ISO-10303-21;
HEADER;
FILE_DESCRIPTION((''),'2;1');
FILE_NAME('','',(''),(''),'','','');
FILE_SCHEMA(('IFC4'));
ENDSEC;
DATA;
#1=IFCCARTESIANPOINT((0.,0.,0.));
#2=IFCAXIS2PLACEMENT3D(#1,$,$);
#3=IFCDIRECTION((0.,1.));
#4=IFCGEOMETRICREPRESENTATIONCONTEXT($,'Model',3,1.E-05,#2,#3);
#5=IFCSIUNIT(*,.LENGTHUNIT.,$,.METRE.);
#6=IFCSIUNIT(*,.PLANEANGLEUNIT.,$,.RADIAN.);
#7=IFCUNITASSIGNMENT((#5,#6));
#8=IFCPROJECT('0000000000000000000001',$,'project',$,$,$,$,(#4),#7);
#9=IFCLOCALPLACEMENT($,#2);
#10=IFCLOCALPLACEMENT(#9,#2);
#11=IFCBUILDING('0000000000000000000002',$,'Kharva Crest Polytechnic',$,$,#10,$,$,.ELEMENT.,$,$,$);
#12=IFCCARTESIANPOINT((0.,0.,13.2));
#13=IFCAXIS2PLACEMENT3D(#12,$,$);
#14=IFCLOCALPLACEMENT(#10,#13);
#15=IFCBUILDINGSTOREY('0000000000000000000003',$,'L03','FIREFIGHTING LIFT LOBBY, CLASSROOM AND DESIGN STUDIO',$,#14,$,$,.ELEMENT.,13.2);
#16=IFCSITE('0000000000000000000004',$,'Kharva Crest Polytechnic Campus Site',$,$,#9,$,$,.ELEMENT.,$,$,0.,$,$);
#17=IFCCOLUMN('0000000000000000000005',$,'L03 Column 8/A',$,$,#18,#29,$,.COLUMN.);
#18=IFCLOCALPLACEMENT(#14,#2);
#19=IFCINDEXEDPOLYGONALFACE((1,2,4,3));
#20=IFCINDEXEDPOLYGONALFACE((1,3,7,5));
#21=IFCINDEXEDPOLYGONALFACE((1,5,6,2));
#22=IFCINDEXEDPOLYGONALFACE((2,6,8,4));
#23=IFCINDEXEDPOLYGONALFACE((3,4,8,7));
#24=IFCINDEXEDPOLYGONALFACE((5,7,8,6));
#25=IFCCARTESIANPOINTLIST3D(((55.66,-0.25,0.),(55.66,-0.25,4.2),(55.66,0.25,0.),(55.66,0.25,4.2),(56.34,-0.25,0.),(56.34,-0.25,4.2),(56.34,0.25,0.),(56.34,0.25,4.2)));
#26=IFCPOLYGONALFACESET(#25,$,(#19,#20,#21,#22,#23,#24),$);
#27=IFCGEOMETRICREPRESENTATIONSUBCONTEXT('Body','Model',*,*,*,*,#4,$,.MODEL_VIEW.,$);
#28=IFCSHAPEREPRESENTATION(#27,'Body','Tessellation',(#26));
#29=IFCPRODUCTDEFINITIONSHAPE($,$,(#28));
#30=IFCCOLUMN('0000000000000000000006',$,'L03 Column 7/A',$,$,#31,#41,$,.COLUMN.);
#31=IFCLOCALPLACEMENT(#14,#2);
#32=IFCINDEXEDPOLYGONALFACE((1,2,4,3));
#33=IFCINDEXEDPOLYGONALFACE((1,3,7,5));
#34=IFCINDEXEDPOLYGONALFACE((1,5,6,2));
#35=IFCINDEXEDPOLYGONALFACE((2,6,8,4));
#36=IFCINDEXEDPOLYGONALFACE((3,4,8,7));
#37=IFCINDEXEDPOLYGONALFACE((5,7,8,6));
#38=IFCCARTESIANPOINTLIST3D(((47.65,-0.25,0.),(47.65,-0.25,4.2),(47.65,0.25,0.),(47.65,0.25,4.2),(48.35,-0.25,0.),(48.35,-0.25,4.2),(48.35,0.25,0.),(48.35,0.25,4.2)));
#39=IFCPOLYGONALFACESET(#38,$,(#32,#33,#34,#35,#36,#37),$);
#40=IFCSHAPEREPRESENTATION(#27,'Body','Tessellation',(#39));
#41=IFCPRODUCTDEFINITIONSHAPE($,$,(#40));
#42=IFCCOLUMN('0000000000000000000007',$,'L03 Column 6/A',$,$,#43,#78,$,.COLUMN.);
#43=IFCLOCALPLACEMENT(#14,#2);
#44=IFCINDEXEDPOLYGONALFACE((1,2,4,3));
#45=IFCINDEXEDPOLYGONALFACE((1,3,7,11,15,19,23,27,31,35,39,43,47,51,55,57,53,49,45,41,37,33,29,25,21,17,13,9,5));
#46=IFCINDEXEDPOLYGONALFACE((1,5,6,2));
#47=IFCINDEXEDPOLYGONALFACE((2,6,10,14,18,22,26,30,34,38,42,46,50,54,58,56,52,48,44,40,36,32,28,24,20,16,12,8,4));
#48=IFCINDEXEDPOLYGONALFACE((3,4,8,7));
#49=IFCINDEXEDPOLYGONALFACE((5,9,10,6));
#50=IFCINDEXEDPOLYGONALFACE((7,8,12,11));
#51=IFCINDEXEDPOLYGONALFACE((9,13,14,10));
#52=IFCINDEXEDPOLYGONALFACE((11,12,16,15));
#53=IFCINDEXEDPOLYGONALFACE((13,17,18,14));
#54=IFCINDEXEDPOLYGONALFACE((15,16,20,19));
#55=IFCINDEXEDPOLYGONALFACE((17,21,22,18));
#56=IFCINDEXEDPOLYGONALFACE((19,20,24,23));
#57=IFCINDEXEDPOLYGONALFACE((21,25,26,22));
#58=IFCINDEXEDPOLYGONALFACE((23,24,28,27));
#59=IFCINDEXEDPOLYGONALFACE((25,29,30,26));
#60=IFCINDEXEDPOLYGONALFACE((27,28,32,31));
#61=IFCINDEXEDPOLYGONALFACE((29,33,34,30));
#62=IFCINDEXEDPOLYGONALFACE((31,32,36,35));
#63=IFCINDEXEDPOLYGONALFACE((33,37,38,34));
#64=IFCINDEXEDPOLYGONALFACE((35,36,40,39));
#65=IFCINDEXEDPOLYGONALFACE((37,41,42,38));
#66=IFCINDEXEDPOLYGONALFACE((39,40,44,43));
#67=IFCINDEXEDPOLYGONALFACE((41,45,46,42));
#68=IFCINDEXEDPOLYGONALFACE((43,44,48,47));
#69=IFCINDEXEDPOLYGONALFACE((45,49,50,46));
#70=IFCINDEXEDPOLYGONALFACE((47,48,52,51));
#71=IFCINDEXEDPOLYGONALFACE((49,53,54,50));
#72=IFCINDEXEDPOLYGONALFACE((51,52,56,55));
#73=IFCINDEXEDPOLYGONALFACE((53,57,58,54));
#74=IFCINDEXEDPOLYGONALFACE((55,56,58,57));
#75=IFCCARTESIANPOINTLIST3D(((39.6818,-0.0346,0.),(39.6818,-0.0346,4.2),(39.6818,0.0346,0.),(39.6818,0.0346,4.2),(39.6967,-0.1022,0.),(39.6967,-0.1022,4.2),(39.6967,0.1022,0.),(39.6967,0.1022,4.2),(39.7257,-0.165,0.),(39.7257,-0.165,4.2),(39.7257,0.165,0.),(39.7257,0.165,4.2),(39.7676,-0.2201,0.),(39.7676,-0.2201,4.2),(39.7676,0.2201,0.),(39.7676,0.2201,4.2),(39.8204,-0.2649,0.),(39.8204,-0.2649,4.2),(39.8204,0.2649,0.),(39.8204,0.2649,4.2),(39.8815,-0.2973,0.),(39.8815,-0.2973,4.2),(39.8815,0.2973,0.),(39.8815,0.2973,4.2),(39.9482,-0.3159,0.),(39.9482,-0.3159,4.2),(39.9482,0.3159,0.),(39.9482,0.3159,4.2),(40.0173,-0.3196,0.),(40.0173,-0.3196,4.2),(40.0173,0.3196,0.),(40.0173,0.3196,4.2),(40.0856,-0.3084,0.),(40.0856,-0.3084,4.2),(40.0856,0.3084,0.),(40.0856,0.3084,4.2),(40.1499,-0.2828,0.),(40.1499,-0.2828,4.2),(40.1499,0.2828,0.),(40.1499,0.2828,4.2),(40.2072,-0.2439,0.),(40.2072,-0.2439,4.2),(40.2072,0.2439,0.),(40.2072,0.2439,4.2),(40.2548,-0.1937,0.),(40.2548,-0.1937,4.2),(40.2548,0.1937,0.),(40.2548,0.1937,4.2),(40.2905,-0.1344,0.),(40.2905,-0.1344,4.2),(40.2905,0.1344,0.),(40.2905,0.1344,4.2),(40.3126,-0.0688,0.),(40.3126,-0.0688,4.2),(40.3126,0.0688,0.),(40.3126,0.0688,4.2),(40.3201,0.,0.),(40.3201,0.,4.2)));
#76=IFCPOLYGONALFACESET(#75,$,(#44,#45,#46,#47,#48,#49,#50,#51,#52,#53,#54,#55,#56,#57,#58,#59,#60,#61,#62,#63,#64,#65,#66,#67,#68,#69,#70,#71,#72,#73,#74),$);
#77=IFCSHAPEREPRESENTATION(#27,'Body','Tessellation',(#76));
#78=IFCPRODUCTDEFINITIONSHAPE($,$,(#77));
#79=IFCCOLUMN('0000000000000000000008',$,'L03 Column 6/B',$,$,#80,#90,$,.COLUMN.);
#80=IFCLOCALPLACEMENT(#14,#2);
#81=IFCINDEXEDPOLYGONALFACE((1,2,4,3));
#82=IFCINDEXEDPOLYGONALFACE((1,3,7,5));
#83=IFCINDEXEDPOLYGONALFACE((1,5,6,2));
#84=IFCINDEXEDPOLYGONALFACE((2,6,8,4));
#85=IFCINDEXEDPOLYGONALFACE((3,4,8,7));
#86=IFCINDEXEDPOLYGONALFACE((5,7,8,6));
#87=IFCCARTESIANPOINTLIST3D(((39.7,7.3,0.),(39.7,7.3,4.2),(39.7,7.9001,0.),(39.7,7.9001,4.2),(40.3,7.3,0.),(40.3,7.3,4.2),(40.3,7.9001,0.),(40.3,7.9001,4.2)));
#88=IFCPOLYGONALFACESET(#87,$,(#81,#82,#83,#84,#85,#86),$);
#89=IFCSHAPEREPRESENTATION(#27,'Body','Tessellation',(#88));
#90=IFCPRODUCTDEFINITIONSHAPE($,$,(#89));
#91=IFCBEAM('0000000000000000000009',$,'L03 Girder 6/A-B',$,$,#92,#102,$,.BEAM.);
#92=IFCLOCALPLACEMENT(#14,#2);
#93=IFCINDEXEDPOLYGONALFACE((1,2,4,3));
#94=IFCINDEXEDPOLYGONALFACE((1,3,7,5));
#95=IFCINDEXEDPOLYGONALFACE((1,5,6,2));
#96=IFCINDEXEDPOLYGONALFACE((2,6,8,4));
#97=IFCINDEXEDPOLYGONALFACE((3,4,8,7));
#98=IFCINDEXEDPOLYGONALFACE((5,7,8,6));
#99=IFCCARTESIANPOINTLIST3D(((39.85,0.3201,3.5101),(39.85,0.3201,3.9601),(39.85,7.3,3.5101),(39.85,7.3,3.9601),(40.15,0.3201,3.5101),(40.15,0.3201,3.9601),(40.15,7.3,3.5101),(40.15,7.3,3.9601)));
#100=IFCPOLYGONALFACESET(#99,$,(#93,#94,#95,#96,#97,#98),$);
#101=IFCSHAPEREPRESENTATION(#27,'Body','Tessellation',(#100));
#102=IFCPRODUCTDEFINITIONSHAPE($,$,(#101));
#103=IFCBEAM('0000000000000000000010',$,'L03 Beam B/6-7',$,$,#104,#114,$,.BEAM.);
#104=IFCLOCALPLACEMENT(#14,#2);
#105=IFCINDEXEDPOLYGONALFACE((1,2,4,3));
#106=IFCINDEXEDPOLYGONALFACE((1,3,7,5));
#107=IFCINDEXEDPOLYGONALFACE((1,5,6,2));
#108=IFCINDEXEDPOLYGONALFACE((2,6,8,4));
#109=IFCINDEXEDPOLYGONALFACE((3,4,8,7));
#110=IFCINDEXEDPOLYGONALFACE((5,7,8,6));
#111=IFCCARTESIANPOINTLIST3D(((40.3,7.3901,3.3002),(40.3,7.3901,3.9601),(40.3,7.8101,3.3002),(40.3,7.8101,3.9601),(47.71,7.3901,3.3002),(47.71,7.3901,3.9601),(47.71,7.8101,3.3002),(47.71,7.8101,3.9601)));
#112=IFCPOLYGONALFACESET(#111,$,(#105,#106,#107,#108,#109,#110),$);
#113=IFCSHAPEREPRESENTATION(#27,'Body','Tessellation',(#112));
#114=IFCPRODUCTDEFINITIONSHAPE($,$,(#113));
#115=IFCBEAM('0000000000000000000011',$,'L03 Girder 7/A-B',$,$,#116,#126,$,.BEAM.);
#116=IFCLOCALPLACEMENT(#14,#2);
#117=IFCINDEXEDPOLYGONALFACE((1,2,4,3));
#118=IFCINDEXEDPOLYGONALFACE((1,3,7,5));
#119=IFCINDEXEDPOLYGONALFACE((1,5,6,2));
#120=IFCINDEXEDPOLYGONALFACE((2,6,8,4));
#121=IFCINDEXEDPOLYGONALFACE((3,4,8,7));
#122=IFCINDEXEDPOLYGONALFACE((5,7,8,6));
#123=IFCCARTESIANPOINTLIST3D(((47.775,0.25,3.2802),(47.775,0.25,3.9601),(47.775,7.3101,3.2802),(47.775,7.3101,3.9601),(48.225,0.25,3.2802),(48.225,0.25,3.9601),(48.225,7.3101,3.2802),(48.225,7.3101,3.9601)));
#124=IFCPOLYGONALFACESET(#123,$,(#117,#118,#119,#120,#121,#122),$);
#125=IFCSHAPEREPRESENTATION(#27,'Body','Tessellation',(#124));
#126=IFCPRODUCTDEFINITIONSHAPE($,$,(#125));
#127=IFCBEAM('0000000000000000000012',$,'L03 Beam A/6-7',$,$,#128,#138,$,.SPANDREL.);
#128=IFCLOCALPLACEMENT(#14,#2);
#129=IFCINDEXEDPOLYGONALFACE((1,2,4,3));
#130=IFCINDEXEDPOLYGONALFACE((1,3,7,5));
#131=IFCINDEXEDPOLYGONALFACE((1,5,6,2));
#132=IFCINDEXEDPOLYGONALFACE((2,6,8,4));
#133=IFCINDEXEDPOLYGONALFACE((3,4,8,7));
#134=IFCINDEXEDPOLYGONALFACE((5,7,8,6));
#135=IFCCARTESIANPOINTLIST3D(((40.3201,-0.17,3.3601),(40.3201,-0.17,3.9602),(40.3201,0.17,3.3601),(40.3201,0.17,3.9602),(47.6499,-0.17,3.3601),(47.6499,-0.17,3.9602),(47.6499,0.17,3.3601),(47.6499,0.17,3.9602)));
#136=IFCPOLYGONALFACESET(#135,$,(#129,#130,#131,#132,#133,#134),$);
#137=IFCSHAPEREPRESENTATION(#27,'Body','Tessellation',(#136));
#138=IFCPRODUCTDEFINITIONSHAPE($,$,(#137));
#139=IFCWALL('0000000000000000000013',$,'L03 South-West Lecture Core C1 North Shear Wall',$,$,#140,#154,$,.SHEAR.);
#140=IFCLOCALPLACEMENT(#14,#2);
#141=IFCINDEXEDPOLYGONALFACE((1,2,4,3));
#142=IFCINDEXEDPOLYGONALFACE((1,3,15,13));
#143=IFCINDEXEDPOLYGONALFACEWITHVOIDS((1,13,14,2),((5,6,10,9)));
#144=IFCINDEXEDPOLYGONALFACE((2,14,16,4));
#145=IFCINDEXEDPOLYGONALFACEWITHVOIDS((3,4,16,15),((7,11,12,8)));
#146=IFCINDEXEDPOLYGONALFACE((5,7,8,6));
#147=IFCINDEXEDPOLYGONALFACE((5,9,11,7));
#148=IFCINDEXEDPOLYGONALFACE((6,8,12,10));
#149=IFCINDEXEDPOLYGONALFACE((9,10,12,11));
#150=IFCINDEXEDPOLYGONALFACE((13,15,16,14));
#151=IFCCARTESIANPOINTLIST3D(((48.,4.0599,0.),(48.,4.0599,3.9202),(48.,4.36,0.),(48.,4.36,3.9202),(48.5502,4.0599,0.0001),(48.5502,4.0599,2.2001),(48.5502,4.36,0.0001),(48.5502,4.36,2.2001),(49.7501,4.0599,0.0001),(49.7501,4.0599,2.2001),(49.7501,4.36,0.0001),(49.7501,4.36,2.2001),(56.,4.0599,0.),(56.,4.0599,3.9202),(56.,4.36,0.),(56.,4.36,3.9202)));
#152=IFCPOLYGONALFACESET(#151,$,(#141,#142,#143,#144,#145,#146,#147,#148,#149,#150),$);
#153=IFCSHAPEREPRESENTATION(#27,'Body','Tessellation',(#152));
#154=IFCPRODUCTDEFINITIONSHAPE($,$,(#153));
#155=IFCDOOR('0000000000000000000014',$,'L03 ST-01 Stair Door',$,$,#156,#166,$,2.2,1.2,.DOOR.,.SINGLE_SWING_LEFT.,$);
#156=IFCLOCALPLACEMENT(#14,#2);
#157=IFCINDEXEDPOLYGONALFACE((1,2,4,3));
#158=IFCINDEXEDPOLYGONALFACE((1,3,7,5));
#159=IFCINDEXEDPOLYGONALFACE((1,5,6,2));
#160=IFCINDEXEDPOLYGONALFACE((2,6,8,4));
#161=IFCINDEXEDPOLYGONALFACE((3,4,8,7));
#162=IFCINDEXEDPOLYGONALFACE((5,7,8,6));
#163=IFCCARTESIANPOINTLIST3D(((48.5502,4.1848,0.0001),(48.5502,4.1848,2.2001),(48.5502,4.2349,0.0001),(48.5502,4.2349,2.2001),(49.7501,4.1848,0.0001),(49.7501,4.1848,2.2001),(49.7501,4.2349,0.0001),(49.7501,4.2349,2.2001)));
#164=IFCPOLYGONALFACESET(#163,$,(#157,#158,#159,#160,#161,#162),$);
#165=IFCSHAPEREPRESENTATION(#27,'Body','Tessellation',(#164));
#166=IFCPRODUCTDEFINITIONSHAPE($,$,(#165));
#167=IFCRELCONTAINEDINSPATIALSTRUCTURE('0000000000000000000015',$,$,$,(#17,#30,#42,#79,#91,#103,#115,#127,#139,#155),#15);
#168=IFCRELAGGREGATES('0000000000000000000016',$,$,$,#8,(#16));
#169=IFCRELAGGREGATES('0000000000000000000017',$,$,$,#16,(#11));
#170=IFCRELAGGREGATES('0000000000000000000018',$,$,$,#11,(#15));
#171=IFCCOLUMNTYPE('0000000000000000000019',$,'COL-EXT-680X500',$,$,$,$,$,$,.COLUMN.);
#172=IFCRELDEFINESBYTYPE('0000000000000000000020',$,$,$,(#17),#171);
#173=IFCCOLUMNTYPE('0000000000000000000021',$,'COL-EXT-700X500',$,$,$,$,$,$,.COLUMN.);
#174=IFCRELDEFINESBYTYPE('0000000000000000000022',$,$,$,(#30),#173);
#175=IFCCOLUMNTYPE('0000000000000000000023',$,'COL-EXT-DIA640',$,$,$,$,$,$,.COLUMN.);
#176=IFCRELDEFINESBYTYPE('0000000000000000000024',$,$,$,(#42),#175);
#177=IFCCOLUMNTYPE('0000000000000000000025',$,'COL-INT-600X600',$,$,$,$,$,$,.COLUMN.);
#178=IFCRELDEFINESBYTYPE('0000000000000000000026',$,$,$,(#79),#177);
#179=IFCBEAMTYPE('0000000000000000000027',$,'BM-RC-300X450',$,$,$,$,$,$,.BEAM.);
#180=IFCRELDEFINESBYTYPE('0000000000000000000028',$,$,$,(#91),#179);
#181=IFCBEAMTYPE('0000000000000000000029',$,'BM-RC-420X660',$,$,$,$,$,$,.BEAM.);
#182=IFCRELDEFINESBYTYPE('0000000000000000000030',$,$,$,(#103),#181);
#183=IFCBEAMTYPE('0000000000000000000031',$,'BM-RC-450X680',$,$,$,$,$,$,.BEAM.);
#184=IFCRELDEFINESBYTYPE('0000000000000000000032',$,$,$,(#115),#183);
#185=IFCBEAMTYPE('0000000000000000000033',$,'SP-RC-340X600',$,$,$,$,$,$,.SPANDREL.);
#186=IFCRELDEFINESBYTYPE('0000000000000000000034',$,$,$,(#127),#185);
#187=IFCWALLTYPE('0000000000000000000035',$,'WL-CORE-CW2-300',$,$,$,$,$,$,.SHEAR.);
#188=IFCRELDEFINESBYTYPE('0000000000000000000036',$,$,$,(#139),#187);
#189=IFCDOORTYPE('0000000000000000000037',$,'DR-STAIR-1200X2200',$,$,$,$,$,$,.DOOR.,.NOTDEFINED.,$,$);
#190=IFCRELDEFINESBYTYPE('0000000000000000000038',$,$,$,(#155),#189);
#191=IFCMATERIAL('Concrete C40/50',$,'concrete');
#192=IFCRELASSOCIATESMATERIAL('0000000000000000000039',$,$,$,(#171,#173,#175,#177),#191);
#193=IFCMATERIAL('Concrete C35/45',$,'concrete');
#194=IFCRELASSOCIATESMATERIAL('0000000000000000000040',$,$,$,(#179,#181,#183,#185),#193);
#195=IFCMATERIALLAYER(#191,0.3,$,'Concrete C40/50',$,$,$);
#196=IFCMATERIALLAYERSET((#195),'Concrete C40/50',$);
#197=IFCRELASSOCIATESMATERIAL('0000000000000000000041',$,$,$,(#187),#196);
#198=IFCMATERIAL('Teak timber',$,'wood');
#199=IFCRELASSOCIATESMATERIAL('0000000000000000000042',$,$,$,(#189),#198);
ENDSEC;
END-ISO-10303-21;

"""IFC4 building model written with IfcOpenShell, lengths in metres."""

from ifc_helpers import new_model, si_unit, direction, frame, frame_2d, origin, origin_2d, place, context, subcontext, project, spatial, rectangle, circle, extrude, material, layer, layer_set, material_profile, profile_set, type_object, element, fill, save


model = new_model("IFC4")

# Units and contexts
model_context = context("Model", 3, precision=1e-05, world=origin(), true_north=direction((0.0, 1.0)))
body_context = subcontext(model_context, "Body", "Model", "MODEL_VIEW")
ifc_project = project(units=[si_unit("LENGTHUNIT", "METRE"), si_unit("PLANEANGLEUNIT", "RADIAN")], contexts=[model_context])

# Site, building, storey
site_placement = place(None, origin())
site = spatial("IfcSite", under=ifc_project, at=site_placement, Name="Kharva Crest Polytechnic Campus Site", CompositionType="ELEMENT", RefElevation=0.0)
building_placement = place(site_placement, origin())
building = spatial("IfcBuilding", under=site, at=building_placement, Name="Kharva Crest Polytechnic", CompositionType="ELEMENT")
storey_placement = place(building_placement, frame((0.0, 0.0, 13.2)))
storey = spatial("IfcBuildingStorey", under=building, at=storey_placement, Name="L03", Description="FIREFIGHTING LIFT LOBBY, CLASSROOM AND DESIGN STUDIO", CompositionType="ELEMENT", Elevation=13.2)

# Columns
ifc_material_1 = material(Name="Concrete C40/50", Category="concrete")
ifc_material_profile_1 = material_profile(ifc_material_1, rectangle(XDim=0.6799, YDim=0.5, at=origin_2d()), Name="RECT 680 X 500")
ifc_profile_set_1 = profile_set([ifc_material_profile_1], Name="Concrete C40/50")
column_type_1 = type_object("IfcColumnType", Name="COL-EXT-680X500", PredefinedType="COLUMN", material=ifc_profile_set_1)
column_1_placement = place(storey_placement, frame((56.0, 0.0, 0.0), z_axis=(0.0, 0.0, 1.0), x_axis=(1.0, 0.0, 0.0)))
element("IfcColumn", 1, at=column_1_placement, inside=storey, type_object=column_type_1, Name="L03 Column 8/A", PredefinedType="COLUMN", context=body_context, shape_type="SweptSolid", body=[
    extrude(rectangle(XDim=0.6799, YDim=0.5, at=origin_2d()), origin(), (0.0, 0.0, 1.0), 4.2),
])
ifc_material_profile_2 = material_profile(ifc_material_1, rectangle(XDim=0.7, YDim=0.5, at=origin_2d()), Name="RECT 700 X 500")
ifc_profile_set_2 = profile_set([ifc_material_profile_2], Name="Concrete C40/50")
column_type_2 = type_object("IfcColumnType", Name="COL-EXT-700X500", PredefinedType="COLUMN", material=ifc_profile_set_2)
column_2_placement = place(storey_placement, frame((48.0, 0.0, 0.0), z_axis=(0.0, 0.0, 1.0), x_axis=(1.0, 0.0, 0.0)))
element("IfcColumn", 2, at=column_2_placement, inside=storey, type_object=column_type_2, Name="L03 Column 7/A", PredefinedType="COLUMN", context=body_context, shape_type="SweptSolid", body=[
    extrude(rectangle(XDim=0.7, YDim=0.5, at=origin_2d()), origin(), (0.0, 0.0, 1.0), 4.2),
])
ifc_material_profile_3 = material_profile(ifc_material_1, circle(Radius=0.3201, at=origin_2d()), Name="DIA 640")
ifc_profile_set_3 = profile_set([ifc_material_profile_3], Name="Concrete C40/50")
column_type_3 = type_object("IfcColumnType", Name="COL-EXT-DIA640", PredefinedType="COLUMN", material=ifc_profile_set_3)
column_3_placement = place(storey_placement, frame((40.0, 0.0, 0.0), z_axis=(0.0, 0.0, 1.0), x_axis=(1.0, 0.0, 0.0)))
element("IfcColumn", 3, at=column_3_placement, inside=storey, type_object=column_type_3, Name="L03 Column 6/A", PredefinedType="COLUMN", context=body_context, shape_type="SweptSolid", body=[
    extrude(circle(Radius=0.3201, at=origin_2d()), origin(), (0.0, 0.0, 1.0), 4.2),
])
ifc_material_profile_4 = material_profile(ifc_material_1, rectangle(XDim=0.6001, YDim=0.6001, at=origin_2d()), Name="RECT 600 X 600")
ifc_profile_set_4 = profile_set([ifc_material_profile_4], Name="Concrete C40/50")
column_type_4 = type_object("IfcColumnType", Name="COL-INT-600X600", PredefinedType="COLUMN", material=ifc_profile_set_4)
column_4_placement = place(storey_placement, frame((40.0, 7.6001, 0.0), z_axis=(0.0, 0.0, 1.0), x_axis=(1.0, 0.0, 0.0)))
element("IfcColumn", 4, at=column_4_placement, inside=storey, type_object=column_type_4, Name="L03 Column 6/B", PredefinedType="COLUMN", context=body_context, shape_type="SweptSolid", body=[
    extrude(rectangle(XDim=0.6001, YDim=0.6001, at=origin_2d()), origin(), (0.0, 0.0, 1.0), 4.2),
])

# Beams
ifc_material_2 = material(Name="Concrete C35/45", Category="concrete")
ifc_material_profile_5 = material_profile(ifc_material_2, rectangle(XDim=0.3, YDim=0.45, at=origin_2d()), Name="RECT 300 X 450")
ifc_profile_set_5 = profile_set([ifc_material_profile_5], Name="Concrete C35/45")
beam_type_1 = type_object("IfcBeamType", Name="BM-RC-300X450", PredefinedType="BEAM", material=ifc_profile_set_5)
beam_1_placement = place(storey_placement, frame((40.0, 0.3201, 3.7351), z_axis=(0.0, 1.0, 0.0), x_axis=(-1.0, 0.0, 0.0)))
element("IfcBeam", 5, at=beam_1_placement, inside=storey, type_object=beam_type_1, Name="L03 Girder 6/A-B", PredefinedType="BEAM", context=body_context, shape_type="SweptSolid", body=[
    extrude(rectangle(XDim=0.3, YDim=0.45, at=origin_2d()), origin(), (0.0, 0.0, 1.0), 6.98),
])
ifc_material_profile_6 = material_profile(ifc_material_2, rectangle(XDim=0.4199, YDim=0.6599, at=origin_2d()), Name="RECT 420 X 660")
ifc_profile_set_6 = profile_set([ifc_material_profile_6], Name="Concrete C35/45")
beam_type_2 = type_object("IfcBeamType", Name="BM-RC-420X660", PredefinedType="BEAM", material=ifc_profile_set_6)
beam_2_placement = place(storey_placement, frame((40.3, 7.6001, 3.6301), z_axis=(1.0, 0.0, 0.0), x_axis=(0.0, 1.0, 0.0)))
element("IfcBeam", 6, at=beam_2_placement, inside=storey, type_object=beam_type_2, Name="L03 Beam B/6-7", PredefinedType="BEAM", context=body_context, shape_type="SweptSolid", body=[
    extrude(rectangle(XDim=0.4199, YDim=0.6599, at=origin_2d()), origin(), (0.0, 0.0, 1.0), 7.4099),
])
ifc_material_profile_7 = material_profile(ifc_material_2, rectangle(XDim=0.45, YDim=0.6799, at=origin_2d()), Name="RECT 450 X 680")
ifc_profile_set_7 = profile_set([ifc_material_profile_7], Name="Concrete C35/45")
beam_type_3 = type_object("IfcBeamType", Name="BM-RC-450X680", PredefinedType="BEAM", material=ifc_profile_set_7)
beam_3_placement = place(storey_placement, frame((48.0, 0.25, 3.6201), z_axis=(0.0, 1.0, 0.0), x_axis=(-1.0, 0.0, 0.0)))
element("IfcBeam", 7, at=beam_3_placement, inside=storey, type_object=beam_type_3, Name="L03 Girder 7/A-B", PredefinedType="BEAM", context=body_context, shape_type="SweptSolid", body=[
    extrude(rectangle(XDim=0.45, YDim=0.6799, at=origin_2d()), origin(), (0.0, 0.0, 1.0), 7.0601),
])
ifc_material_profile_8 = material_profile(ifc_material_2, rectangle(XDim=0.3401, YDim=0.6001, at=origin_2d()), Name="RECT 340 X 600")
ifc_profile_set_8 = profile_set([ifc_material_profile_8], Name="Concrete C35/45")
beam_type_4 = type_object("IfcBeamType", Name="SP-RC-340X600", PredefinedType="SPANDREL", material=ifc_profile_set_8)
beam_4_placement = place(storey_placement, frame((40.3201, 0.0, 3.6602), z_axis=(1.0, 0.0, 0.0), x_axis=(0.0, 1.0, 0.0)))
element("IfcBeam", 8, at=beam_4_placement, inside=storey, type_object=beam_type_4, Name="L03 Beam A/6-7", PredefinedType="SPANDREL", context=body_context, shape_type="SweptSolid", body=[
    extrude(rectangle(XDim=0.3401, YDim=0.6001, at=origin_2d()), origin(), (0.0, 0.0, 1.0), 7.3298),
])

# Wall, opening, door
ifc_layer_1 = layer(ifc_material_1, 0.3, Name="Concrete C40/50")
ifc_layer_set_1 = layer_set([ifc_layer_1], Name="Concrete C40/50")
wall_type_1 = type_object("IfcWallType", Name="WL-CORE-CW2-300", PredefinedType="SHEAR", material=ifc_layer_set_1)
wall_1_placement = place(storey_placement, frame((48.0, 4.21, 0.0), z_axis=(0.0, 0.0, 1.0), x_axis=(1.0, 0.0, 0.0)))
wall_1 = element("IfcWall", 9, at=wall_1_placement, inside=storey, type_object=wall_type_1, Name="L03 South-West Lecture Core C1 North Shear Wall", PredefinedType="SHEAR", context=body_context, shape_type="SweptSolid", body=[
    extrude(rectangle(XDim=8.0, YDim=0.3, at=frame_2d((4.0, 0.0))), origin(), (0.0, 0.0, 1.0), 3.9202),
])
opening_1_placement = place(wall_1_placement, frame((0.55, 0.0, 0.0)))
opening_1 = element("IfcOpeningElement", 10, at=opening_1_placement, cuts=wall_1, PredefinedType="OPENING", context=body_context, shape_type="SweptSolid", body=[
    extrude(rectangle(XDim=1.2, YDim=2.2, at=frame_2d((0.6001, 1.1001))), frame((0.0, 0.1599, 0.0), z_axis=(0.0, -1.0, 0.0), x_axis=(1.0, 0.0, 0.0)), (0.0, 0.0, 1.0), 0.3201),
])
ifc_material_3 = material(Name="Teak timber", Category="wood")
door_type_1 = type_object("IfcDoorType", Name="DR-STAIR-1200X2200", OperationType="NOTDEFINED", PredefinedType="DOOR", material=ifc_material_3)
door_1_placement = place(opening_1_placement, origin())
door_1 = element("IfcDoor", 11, at=door_1_placement, inside=storey, type_object=door_type_1, Name="L03 ST-01 Stair Door", OperationType="SINGLE_SWING_LEFT", OverallHeight=2.2, OverallWidth=1.2, PredefinedType="DOOR", context=body_context, shape_type="SweptSolid", body=[
    extrude(rectangle(XDim=1.2, YDim=2.2, at=frame_2d((0.6001, 1.1001))), frame((0.0, 0.0249, 0.0), z_axis=(0.0, -1.0, 0.0), x_axis=(1.0, 0.0, 0.0)), (0.0, 0.0, 1.0), 0.05),
])
fill(opening_1, door_1)

save(model, "model.ifc")
